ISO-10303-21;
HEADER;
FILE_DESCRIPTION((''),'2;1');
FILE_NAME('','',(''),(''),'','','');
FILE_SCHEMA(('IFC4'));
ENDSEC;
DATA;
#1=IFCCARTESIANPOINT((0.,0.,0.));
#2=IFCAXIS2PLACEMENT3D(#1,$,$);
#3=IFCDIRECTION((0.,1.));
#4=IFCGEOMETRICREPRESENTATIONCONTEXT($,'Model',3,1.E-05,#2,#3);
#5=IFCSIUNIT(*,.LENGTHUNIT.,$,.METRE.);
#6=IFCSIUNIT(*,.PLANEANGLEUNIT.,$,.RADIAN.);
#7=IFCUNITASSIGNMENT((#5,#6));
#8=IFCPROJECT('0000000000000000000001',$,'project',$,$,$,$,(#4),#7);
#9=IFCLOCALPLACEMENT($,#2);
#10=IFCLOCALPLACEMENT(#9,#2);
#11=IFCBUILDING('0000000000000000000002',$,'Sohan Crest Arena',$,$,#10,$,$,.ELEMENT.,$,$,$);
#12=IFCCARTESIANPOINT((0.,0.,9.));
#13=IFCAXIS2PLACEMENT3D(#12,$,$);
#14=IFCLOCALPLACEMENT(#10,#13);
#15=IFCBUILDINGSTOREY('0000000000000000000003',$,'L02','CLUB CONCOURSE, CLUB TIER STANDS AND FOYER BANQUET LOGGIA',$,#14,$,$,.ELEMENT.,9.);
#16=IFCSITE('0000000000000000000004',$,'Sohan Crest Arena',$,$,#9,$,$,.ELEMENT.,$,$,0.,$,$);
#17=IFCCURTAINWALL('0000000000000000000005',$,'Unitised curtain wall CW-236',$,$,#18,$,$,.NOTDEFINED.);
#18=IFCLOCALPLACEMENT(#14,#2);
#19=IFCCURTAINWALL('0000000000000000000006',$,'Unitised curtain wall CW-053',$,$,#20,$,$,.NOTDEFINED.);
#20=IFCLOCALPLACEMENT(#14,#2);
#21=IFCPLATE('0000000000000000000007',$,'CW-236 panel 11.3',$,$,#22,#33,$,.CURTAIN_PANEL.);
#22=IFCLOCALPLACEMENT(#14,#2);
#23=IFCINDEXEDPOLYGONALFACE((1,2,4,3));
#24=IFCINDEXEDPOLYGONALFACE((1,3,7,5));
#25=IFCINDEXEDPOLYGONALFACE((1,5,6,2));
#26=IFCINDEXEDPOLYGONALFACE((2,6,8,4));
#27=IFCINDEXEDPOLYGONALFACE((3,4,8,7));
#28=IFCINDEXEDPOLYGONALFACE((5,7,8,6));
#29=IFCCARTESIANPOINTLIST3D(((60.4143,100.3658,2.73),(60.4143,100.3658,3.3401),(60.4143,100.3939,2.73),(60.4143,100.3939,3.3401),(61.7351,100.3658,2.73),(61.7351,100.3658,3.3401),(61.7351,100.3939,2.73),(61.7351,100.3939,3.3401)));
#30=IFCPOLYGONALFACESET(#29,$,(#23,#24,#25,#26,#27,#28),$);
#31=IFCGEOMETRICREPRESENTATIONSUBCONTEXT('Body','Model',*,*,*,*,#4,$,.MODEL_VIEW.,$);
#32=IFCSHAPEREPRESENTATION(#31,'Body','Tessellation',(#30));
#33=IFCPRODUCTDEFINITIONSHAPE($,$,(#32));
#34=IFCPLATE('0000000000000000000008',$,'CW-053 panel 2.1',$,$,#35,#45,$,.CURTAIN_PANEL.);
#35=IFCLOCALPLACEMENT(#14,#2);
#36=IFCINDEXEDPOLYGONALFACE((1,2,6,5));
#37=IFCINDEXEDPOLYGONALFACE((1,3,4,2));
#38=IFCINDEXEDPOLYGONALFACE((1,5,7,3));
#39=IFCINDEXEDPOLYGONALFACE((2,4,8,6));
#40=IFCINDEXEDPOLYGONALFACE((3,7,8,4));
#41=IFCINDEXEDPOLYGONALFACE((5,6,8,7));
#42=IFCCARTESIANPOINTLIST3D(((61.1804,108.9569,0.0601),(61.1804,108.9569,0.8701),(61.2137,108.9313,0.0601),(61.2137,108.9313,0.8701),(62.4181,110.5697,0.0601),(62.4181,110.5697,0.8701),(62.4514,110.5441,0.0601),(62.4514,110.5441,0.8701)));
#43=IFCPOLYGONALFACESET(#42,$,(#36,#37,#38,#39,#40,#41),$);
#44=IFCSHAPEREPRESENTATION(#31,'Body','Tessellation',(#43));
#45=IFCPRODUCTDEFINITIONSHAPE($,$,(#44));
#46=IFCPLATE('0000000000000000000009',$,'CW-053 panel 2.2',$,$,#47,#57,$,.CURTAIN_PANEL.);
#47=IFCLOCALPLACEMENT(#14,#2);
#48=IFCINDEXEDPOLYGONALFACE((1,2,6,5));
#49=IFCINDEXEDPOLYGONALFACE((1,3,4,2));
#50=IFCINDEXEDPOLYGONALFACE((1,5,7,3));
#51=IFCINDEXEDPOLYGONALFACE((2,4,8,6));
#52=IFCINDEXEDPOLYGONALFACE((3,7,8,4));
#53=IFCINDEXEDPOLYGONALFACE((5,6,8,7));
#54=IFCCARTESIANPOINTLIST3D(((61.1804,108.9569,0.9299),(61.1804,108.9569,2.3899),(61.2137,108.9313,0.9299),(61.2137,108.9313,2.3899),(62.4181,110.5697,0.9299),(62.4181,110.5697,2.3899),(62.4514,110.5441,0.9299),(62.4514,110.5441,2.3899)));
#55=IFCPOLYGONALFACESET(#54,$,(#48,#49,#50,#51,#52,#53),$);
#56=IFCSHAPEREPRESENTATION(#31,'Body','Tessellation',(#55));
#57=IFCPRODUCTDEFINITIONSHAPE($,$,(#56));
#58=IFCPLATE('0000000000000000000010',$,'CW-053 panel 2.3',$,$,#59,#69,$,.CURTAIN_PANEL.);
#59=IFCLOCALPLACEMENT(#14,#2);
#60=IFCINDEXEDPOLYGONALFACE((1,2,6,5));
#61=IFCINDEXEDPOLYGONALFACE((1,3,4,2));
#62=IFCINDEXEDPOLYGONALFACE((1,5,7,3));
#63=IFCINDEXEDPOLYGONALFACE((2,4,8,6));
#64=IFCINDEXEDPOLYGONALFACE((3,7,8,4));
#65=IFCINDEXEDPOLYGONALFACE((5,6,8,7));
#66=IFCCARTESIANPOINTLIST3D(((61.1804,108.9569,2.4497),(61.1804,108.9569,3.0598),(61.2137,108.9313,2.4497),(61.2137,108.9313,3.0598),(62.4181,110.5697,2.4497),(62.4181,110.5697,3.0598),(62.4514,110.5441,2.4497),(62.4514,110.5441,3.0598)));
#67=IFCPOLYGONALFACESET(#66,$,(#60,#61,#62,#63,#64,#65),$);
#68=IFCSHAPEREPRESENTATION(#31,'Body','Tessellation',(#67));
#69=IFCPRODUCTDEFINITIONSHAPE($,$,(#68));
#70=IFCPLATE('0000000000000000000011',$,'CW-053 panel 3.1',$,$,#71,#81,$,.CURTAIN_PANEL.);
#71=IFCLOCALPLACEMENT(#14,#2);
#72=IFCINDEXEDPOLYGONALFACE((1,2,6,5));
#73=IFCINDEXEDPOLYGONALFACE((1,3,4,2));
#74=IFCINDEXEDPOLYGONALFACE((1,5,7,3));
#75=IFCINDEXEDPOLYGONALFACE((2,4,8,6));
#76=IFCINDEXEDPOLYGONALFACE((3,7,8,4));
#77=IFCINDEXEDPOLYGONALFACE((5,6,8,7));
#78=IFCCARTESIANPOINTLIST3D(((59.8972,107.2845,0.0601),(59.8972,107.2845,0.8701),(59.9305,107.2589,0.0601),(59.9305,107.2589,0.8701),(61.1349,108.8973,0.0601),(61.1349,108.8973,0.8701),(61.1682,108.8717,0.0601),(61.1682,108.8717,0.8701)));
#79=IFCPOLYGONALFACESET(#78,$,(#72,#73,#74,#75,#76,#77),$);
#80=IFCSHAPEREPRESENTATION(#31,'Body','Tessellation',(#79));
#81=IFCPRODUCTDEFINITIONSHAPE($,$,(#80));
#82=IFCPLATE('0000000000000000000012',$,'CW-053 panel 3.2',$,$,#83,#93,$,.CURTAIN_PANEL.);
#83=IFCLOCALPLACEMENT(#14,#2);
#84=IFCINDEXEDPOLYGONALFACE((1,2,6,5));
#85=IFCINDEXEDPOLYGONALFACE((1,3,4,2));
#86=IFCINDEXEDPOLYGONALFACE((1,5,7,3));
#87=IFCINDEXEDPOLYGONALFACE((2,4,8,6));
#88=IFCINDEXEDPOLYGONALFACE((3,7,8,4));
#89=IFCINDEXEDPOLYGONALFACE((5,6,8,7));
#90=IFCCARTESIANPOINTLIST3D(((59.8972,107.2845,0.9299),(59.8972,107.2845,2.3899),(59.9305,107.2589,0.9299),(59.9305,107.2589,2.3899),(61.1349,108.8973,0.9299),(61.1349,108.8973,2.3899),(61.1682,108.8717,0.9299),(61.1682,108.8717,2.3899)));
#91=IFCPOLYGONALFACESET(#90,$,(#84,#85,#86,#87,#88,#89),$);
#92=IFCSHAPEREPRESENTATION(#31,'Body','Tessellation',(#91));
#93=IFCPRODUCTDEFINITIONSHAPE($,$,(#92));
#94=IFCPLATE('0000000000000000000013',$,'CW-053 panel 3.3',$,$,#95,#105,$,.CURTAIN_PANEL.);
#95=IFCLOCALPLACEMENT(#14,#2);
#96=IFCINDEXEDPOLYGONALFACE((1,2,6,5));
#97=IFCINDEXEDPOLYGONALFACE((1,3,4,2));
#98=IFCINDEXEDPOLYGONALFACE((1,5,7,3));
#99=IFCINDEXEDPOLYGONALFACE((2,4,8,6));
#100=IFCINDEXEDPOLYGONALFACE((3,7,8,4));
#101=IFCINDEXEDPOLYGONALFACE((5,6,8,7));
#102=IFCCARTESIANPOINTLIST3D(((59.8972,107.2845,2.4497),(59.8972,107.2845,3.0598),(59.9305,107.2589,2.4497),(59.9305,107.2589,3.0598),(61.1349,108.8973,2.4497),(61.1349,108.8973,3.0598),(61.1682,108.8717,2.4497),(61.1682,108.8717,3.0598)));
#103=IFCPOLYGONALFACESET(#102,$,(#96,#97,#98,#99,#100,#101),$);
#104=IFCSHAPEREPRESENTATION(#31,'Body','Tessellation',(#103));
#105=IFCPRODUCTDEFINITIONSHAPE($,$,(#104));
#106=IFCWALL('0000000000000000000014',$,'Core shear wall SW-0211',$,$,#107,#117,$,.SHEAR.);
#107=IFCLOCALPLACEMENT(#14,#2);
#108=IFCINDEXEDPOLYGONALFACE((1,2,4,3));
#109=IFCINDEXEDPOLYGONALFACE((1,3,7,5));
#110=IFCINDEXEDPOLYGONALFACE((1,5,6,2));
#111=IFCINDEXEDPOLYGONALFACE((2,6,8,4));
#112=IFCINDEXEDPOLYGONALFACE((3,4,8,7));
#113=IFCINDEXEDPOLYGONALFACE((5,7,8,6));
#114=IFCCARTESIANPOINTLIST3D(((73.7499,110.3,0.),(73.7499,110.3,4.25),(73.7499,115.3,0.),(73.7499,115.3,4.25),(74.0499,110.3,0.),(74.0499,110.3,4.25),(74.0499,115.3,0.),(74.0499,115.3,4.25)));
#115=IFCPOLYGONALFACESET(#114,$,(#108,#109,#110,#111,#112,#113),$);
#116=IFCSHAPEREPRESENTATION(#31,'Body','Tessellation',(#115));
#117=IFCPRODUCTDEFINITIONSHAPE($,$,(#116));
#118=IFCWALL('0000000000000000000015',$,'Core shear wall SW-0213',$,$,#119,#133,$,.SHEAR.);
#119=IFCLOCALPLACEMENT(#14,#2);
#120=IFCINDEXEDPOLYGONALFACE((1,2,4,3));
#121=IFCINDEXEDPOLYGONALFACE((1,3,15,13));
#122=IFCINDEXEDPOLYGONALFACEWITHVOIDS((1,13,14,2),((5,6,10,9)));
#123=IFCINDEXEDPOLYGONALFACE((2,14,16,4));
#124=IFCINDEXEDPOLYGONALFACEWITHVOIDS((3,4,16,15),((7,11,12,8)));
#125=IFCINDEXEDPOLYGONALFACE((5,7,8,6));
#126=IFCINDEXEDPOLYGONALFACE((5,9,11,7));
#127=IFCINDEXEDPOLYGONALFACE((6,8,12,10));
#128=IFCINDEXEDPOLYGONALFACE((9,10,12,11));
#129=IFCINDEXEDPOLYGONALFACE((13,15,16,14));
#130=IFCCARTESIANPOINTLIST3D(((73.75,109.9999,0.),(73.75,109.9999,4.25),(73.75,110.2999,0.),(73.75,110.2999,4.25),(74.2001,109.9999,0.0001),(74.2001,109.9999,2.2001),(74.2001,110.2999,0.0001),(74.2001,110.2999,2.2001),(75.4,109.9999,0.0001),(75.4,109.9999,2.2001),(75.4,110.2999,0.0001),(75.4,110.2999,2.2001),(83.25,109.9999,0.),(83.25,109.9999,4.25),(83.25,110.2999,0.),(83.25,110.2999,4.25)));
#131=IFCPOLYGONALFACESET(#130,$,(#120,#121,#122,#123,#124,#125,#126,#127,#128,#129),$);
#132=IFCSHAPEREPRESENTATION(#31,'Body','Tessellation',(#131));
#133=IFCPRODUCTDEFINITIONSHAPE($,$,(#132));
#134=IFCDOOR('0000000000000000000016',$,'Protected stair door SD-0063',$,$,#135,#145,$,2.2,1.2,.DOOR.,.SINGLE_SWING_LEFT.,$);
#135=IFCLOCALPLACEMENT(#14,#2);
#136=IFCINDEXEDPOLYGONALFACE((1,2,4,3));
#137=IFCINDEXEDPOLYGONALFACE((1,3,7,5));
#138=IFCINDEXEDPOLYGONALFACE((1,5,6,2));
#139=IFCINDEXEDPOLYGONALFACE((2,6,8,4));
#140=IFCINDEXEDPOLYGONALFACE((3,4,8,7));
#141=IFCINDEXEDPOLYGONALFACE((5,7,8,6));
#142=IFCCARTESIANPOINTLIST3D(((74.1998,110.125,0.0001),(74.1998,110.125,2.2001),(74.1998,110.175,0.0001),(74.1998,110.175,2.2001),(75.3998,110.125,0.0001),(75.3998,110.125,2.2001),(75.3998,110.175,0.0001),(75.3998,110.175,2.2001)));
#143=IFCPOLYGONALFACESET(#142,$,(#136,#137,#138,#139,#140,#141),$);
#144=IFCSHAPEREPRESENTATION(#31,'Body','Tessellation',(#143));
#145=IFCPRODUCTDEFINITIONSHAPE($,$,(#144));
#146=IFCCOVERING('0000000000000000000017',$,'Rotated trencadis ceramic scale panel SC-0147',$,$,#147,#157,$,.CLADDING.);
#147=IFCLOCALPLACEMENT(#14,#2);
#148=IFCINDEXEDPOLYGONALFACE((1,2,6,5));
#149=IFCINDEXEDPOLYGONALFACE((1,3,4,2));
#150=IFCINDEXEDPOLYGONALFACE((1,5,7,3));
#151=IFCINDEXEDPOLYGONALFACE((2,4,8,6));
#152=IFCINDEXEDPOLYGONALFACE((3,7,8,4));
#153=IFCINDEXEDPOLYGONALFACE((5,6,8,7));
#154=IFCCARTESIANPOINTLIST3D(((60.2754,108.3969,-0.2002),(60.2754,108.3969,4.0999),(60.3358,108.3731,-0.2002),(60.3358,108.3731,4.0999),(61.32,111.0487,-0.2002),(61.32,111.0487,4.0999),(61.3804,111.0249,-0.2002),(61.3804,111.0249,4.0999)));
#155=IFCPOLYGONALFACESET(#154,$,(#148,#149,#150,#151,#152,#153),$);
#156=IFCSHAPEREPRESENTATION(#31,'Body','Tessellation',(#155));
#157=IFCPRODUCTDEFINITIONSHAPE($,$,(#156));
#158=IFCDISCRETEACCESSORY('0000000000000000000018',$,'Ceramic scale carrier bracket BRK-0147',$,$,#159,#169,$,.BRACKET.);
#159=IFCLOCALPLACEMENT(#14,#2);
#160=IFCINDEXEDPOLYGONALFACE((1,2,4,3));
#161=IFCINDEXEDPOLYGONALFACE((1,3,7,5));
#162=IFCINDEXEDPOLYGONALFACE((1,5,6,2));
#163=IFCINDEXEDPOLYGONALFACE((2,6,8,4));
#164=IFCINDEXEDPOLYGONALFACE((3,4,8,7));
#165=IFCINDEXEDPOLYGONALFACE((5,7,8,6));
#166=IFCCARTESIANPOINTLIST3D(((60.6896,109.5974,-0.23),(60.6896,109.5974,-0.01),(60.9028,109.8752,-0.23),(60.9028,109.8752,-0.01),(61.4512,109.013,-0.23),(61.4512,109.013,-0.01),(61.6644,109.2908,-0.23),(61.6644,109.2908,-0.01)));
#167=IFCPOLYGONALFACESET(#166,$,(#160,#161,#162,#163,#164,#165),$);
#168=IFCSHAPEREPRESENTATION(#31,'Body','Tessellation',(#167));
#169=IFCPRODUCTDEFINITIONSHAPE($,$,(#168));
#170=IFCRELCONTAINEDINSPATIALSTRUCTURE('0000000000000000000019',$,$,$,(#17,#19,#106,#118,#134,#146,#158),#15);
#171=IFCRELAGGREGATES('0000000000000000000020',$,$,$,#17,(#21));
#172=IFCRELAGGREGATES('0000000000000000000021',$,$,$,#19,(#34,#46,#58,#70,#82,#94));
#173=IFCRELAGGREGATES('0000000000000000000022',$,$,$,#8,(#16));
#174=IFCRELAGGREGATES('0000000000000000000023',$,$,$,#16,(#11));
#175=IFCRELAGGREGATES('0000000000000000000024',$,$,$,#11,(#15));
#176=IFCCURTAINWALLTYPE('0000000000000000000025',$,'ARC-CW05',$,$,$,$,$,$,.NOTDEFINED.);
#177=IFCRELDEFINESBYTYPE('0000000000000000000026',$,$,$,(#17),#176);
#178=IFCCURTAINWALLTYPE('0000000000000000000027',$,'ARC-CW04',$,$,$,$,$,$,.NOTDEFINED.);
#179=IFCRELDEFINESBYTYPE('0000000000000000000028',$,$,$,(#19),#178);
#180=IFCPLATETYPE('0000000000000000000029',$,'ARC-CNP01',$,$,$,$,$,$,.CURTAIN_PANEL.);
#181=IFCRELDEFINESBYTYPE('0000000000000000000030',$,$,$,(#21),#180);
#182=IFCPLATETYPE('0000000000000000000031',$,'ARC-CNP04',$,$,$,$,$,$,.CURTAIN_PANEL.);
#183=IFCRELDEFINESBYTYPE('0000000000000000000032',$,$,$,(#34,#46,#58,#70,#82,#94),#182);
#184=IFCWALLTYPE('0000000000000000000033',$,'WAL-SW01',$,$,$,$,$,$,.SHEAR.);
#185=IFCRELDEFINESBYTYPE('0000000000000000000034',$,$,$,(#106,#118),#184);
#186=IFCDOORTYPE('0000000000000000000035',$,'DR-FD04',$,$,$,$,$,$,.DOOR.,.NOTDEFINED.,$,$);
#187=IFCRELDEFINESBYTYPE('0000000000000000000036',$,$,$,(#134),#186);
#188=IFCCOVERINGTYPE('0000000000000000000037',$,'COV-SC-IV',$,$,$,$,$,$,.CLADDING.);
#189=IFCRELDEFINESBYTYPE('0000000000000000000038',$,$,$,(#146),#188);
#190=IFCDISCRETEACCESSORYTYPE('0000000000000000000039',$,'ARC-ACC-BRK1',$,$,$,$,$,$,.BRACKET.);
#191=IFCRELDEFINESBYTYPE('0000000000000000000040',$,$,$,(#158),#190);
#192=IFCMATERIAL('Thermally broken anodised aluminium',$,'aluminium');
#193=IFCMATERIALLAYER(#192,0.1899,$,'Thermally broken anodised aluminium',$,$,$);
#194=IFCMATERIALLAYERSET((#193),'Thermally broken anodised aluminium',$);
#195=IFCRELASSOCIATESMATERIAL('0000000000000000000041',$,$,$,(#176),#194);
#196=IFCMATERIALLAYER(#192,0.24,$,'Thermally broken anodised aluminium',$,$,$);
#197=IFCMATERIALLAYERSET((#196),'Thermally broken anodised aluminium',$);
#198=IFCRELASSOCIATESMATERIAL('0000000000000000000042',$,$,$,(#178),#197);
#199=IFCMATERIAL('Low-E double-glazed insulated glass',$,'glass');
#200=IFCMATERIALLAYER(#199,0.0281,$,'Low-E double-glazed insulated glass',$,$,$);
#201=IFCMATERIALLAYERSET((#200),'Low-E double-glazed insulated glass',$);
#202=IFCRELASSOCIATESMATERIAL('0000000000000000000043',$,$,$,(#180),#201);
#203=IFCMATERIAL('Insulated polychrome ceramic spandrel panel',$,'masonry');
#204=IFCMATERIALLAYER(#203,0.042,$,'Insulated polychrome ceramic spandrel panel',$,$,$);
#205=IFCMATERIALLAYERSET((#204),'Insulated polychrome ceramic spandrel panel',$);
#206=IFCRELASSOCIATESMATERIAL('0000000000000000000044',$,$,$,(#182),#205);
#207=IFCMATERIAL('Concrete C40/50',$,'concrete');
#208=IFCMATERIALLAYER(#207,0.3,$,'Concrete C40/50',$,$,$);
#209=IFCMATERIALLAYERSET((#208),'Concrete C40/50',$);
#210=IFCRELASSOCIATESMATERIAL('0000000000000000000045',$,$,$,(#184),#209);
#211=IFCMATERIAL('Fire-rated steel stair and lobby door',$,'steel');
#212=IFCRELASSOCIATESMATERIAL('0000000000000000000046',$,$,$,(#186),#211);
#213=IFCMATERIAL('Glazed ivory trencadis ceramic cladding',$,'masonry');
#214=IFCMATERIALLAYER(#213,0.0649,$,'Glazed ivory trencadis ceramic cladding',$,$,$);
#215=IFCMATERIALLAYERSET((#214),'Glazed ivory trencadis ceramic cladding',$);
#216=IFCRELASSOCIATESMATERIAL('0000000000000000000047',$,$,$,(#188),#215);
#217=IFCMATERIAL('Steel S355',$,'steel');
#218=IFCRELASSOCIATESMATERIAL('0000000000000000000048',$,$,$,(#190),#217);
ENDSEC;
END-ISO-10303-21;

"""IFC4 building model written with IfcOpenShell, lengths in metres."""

from ifc_helpers import new_model, si_unit, direction, frame, frame_2d, origin, origin_2d, place, context, subcontext, project, spatial, rectangle, extrude, material, layer, layer_set, type_object, element, fill, aggregate, save


model = new_model("IFC4")

# Units and contexts
model_context = context("Model", 3, precision=1e-05, world=origin(), true_north=direction((0.0, 1.0)))
body_context = subcontext(model_context, "Body", "Model", "MODEL_VIEW")
ifc_project = project(units=[si_unit("LENGTHUNIT", "METRE"), si_unit("PLANEANGLEUNIT", "RADIAN")], contexts=[model_context])

# Site, building, storey
site_placement = place(None, origin())
site = spatial("IfcSite", under=ifc_project, at=site_placement, Name="Sohan Crest Arena", CompositionType="ELEMENT", RefElevation=0.0)
building_placement = place(site_placement, origin())
building = spatial("IfcBuilding", under=site, at=building_placement, Name="Sohan Crest Arena", CompositionType="ELEMENT")
storey_placement = place(building_placement, frame((0.0, 0.0, 9.0)))
storey = spatial("IfcBuildingStorey", under=building, at=storey_placement, Name="L02", Description="CLUB CONCOURSE, CLUB TIER STANDS AND FOYER BANQUET LOGGIA", CompositionType="ELEMENT", Elevation=9.0)

# Shared definitions
ifc_material_1 = material(Name="Steel S355", Category="steel")

# Curtain wall
ifc_material_2 = material(Name="Thermally broken anodised aluminium", Category="aluminium")
ifc_layer_1 = layer(ifc_material_2, 0.1899, Name="Thermally broken anodised aluminium")
ifc_layer_set_1 = layer_set([ifc_layer_1], Name="Thermally broken anodised aluminium")
curtain_wall_type_1 = type_object("IfcCurtainWallType", Name="ARC-CW05", PredefinedType="NOTDEFINED", material=ifc_layer_set_1)
curtain_wall_1_placement = place(storey_placement, origin())
curtain_wall_1 = element("IfcCurtainWall", 1, at=curtain_wall_1_placement, inside=storey, type_object=curtain_wall_type_1, Name="Unitised curtain wall CW-236", PredefinedType="NOTDEFINED")

# Curtain wall
ifc_layer_2 = layer(ifc_material_2, 0.24, Name="Thermally broken anodised aluminium")
ifc_layer_set_2 = layer_set([ifc_layer_2], Name="Thermally broken anodised aluminium")
curtain_wall_type_2 = type_object("IfcCurtainWallType", Name="ARC-CW04", PredefinedType="NOTDEFINED", material=ifc_layer_set_2)
curtain_wall_2_placement = place(storey_placement, origin())
curtain_wall_2 = element("IfcCurtainWall", 2, at=curtain_wall_2_placement, inside=storey, type_object=curtain_wall_type_2, Name="Unitised curtain wall CW-053", PredefinedType="NOTDEFINED")

# Plates
ifc_material_3 = material(Name="Low-E double-glazed insulated glass", Category="glass")
ifc_layer_3 = layer(ifc_material_3, 0.0281, Name="Low-E double-glazed insulated glass")
ifc_layer_set_3 = layer_set([ifc_layer_3], Name="Low-E double-glazed insulated glass")
plate_type_1 = type_object("IfcPlateType", Name="ARC-CNP01", PredefinedType="CURTAIN_PANEL", material=ifc_layer_set_3)
plate_1_placement = place(storey_placement, frame((61.0747, 100.3799, 2.73), z_axis=(0.0, 0.0, 1.0), x_axis=(1.0, 0.0, 0.0)))
plate_1 = element("IfcPlate", 3, at=plate_1_placement, type_object=plate_type_1, Name="CW-236 panel 11.3", PredefinedType="CURTAIN_PANEL", context=body_context, shape_type="SweptSolid", body=[
    extrude(rectangle(XDim=1.3208, YDim=0.0281, at=origin_2d()), origin(), (0.0, 0.0, 1.0), 0.6101),
])
aggregate(curtain_wall_1, [plate_1])
ifc_material_4 = material(Name="Insulated polychrome ceramic spandrel panel", Category="masonry")
ifc_layer_4 = layer(ifc_material_4, 0.042, Name="Insulated polychrome ceramic spandrel panel")
ifc_layer_set_4 = layer_set([ifc_layer_4], Name="Insulated polychrome ceramic spandrel panel")
plate_type_2 = type_object("IfcPlateType", Name="ARC-CNP04", PredefinedType="CURTAIN_PANEL", material=ifc_layer_set_4)
plate_2_placement = place(storey_placement, frame((61.8159, 109.7505, 0.0601), z_axis=(0.0, 0.0, 1.0), x_axis=(-0.608793, -0.793329, 0.0)))
plate_2 = element("IfcPlate", 4, at=plate_2_placement, type_object=plate_type_2, Name="CW-053 panel 2.1", PredefinedType="CURTAIN_PANEL", context=body_context, shape_type="SweptSolid", body=[
    extrude(rectangle(XDim=2.033, YDim=0.042, at=origin_2d()), origin(), (0.0, 0.0, 1.0), 0.8101),
])
plate_3_placement = place(storey_placement, frame((61.8159, 109.7505, 0.9299), z_axis=(0.0, 0.0, 1.0), x_axis=(-0.608793, -0.793329, 0.0)))
plate_3 = element("IfcPlate", 5, at=plate_3_placement, type_object=plate_type_2, Name="CW-053 panel 2.2", PredefinedType="CURTAIN_PANEL", context=body_context, shape_type="SweptSolid", body=[
    extrude(rectangle(XDim=2.033, YDim=0.042, at=origin_2d()), origin(), (0.0, 0.0, 1.0), 1.46),
])
plate_4_placement = place(storey_placement, frame((61.8159, 109.7505, 2.4497), z_axis=(0.0, 0.0, 1.0), x_axis=(-0.608793, -0.793329, 0.0)))
plate_4 = element("IfcPlate", 6, at=plate_4_placement, type_object=plate_type_2, Name="CW-053 panel 2.3", PredefinedType="CURTAIN_PANEL", context=body_context, shape_type="SweptSolid", body=[
    extrude(rectangle(XDim=2.033, YDim=0.042, at=origin_2d()), origin(), (0.0, 0.0, 1.0), 0.6101),
])
plate_5_placement = place(storey_placement, frame((60.5327, 108.0781, 0.0601), z_axis=(0.0, 0.0, 1.0), x_axis=(-0.608793, -0.793329, 0.0)))
plate_5 = element("IfcPlate", 7, at=plate_5_placement, type_object=plate_type_2, Name="CW-053 panel 3.1", PredefinedType="CURTAIN_PANEL", context=body_context, shape_type="SweptSolid", body=[
    extrude(rectangle(XDim=2.033, YDim=0.042, at=origin_2d()), origin(), (0.0, 0.0, 1.0), 0.8101),
])
plate_6_placement = place(storey_placement, frame((60.5327, 108.0781, 0.9299), z_axis=(0.0, 0.0, 1.0), x_axis=(-0.608793, -0.793329, 0.0)))
plate_6 = element("IfcPlate", 8, at=plate_6_placement, type_object=plate_type_2, Name="CW-053 panel 3.2", PredefinedType="CURTAIN_PANEL", context=body_context, shape_type="SweptSolid", body=[
    extrude(rectangle(XDim=2.033, YDim=0.042, at=origin_2d()), origin(), (0.0, 0.0, 1.0), 1.46),
])
plate_7_placement = place(storey_placement, frame((60.5327, 108.0781, 2.4497), z_axis=(0.0, 0.0, 1.0), x_axis=(-0.608793, -0.793329, 0.0)))
plate_7 = element("IfcPlate", 9, at=plate_7_placement, type_object=plate_type_2, Name="CW-053 panel 3.3", PredefinedType="CURTAIN_PANEL", context=body_context, shape_type="SweptSolid", body=[
    extrude(rectangle(XDim=2.033, YDim=0.042, at=origin_2d()), origin(), (0.0, 0.0, 1.0), 0.6101),
])
aggregate(curtain_wall_2, [plate_2, plate_3, plate_4, plate_5, plate_6, plate_7])

# Wall
ifc_material_5 = material(Name="Concrete C40/50", Category="concrete")
ifc_layer_5 = layer(ifc_material_5, 0.3, Name="Concrete C40/50")
ifc_layer_set_5 = layer_set([ifc_layer_5], Name="Concrete C40/50")
wall_type = type_object("IfcWallType", Name="WAL-SW01", PredefinedType="SHEAR", material=ifc_layer_set_5)
wall_1_placement = place(storey_placement, frame((73.8999, 110.3, 0.0), z_axis=(0.0, 0.0, 1.0), x_axis=(0.0, 1.0, 0.0)))
element("IfcWall", 10, at=wall_1_placement, inside=storey, type_object=wall_type, Name="Core shear wall SW-0211", PredefinedType="SHEAR", context=body_context, shape_type="SweptSolid", body=[
    extrude(rectangle(XDim=5.0, YDim=0.3, at=frame_2d((2.5, 0.0))), origin(), (0.0, 0.0, 1.0), 4.25),
])

# Wall, opening, door
wall_2_placement = place(storey_placement, frame((73.75, 110.1499, 0.0), z_axis=(0.0, 0.0, 1.0), x_axis=(1.0, 0.0, 0.0)))
wall_2 = element("IfcWall", 11, at=wall_2_placement, inside=storey, type_object=wall_type, Name="Core shear wall SW-0213", PredefinedType="SHEAR", context=body_context, shape_type="SweptSolid", body=[
    extrude(rectangle(XDim=9.5, YDim=0.3, at=frame_2d((4.75, 0.0))), origin(), (0.0, 0.0, 1.0), 4.25),
])
opening_placement = place(wall_2_placement, frame((0.45, 0.0, 0.0)))
opening = element("IfcOpeningElement", 12, at=opening_placement, cuts=wall_2, PredefinedType="OPENING", context=body_context, shape_type="SweptSolid", body=[
    extrude(rectangle(XDim=1.2, YDim=2.2, at=frame_2d((0.6001, 1.1001))), frame((0.0, 0.1599, 0.0), z_axis=(0.0, -1.0, 0.0), x_axis=(1.0, 0.0, 0.0)), (0.0, 0.0, 1.0), 0.3201),
])
ifc_material_6 = material(Name="Fire-rated steel stair and lobby door", Category="steel")
door_type = type_object("IfcDoorType", Name="DR-FD04", OperationType="NOTDEFINED", PredefinedType="DOOR", material=ifc_material_6)
door_placement = place(opening_placement, frame((1.2, 0.0, 0.0), z_axis=(0.0, 0.0, 1.0), x_axis=(-1.0, 0.0, 0.0)))
door = element("IfcDoor", 13, at=door_placement, inside=storey, type_object=door_type, Name="Protected stair door SD-0063", OperationType="SINGLE_SWING_LEFT", OverallHeight=2.2, OverallWidth=1.2, PredefinedType="DOOR", context=body_context, shape_type="SweptSolid", body=[
    extrude(rectangle(XDim=1.2, YDim=2.2, at=frame_2d((0.6001, 1.1001))), frame((0.0, 0.0249, 0.0), z_axis=(0.0, -1.0, 0.0), x_axis=(1.0, 0.0, 0.0)), (0.0, 0.0, 1.0), 0.05),
])
fill(opening, door)

# Covering
ifc_material_7 = material(Name="Glazed ivory trencadis ceramic cladding", Category="masonry")
ifc_layer_6 = layer(ifc_material_7, 0.0649, Name="Glazed ivory trencadis ceramic cladding")
ifc_layer_set_6 = layer_set([ifc_layer_6], Name="Glazed ivory trencadis ceramic cladding")
covering_type = type_object("IfcCoveringType", Name="COV-SC-IV", PredefinedType="CLADDING", material=ifc_layer_set_6)
covering_placement = place(storey_placement, frame((60.8279, 109.7109, -0.2002), z_axis=(0.0, 0.0, 1.0), x_axis=(-0.366501, -0.930418, 0.0)))
element("IfcCovering", 14, at=covering_placement, inside=storey, type_object=covering_type, Name="Rotated trencadis ceramic scale panel SC-0147", PredefinedType="CLADDING", context=body_context, shape_type="SweptSolid", body=[
    extrude(rectangle(XDim=2.8501, YDim=0.0649, at=origin_2d()), origin(), (0.0, 0.0, 1.0), 4.3),
])

# Discrete accessory
discrete_accessory_type = type_object("IfcDiscreteAccessoryType", Name="ARC-ACC-BRK1", PredefinedType="BRACKET", material=ifc_material_1)
discrete_accessory_placement = place(storey_placement, frame((61.177, 109.4441, -0.23), z_axis=(0.0, 0.0, 1.0), x_axis=(-0.608761, -0.793353, 0.0)))
element("IfcDiscreteAccessory", 15, at=discrete_accessory_placement, inside=storey, type_object=discrete_accessory_type, Name="Ceramic scale carrier bracket BRK-0147", PredefinedType="BRACKET", context=body_context, shape_type="SweptSolid", body=[
    extrude(rectangle(XDim=0.3501, YDim=0.96, at=origin_2d()), origin(), (0.0, 0.0, 1.0), 0.22),
])

save(model, "model.ifc")
